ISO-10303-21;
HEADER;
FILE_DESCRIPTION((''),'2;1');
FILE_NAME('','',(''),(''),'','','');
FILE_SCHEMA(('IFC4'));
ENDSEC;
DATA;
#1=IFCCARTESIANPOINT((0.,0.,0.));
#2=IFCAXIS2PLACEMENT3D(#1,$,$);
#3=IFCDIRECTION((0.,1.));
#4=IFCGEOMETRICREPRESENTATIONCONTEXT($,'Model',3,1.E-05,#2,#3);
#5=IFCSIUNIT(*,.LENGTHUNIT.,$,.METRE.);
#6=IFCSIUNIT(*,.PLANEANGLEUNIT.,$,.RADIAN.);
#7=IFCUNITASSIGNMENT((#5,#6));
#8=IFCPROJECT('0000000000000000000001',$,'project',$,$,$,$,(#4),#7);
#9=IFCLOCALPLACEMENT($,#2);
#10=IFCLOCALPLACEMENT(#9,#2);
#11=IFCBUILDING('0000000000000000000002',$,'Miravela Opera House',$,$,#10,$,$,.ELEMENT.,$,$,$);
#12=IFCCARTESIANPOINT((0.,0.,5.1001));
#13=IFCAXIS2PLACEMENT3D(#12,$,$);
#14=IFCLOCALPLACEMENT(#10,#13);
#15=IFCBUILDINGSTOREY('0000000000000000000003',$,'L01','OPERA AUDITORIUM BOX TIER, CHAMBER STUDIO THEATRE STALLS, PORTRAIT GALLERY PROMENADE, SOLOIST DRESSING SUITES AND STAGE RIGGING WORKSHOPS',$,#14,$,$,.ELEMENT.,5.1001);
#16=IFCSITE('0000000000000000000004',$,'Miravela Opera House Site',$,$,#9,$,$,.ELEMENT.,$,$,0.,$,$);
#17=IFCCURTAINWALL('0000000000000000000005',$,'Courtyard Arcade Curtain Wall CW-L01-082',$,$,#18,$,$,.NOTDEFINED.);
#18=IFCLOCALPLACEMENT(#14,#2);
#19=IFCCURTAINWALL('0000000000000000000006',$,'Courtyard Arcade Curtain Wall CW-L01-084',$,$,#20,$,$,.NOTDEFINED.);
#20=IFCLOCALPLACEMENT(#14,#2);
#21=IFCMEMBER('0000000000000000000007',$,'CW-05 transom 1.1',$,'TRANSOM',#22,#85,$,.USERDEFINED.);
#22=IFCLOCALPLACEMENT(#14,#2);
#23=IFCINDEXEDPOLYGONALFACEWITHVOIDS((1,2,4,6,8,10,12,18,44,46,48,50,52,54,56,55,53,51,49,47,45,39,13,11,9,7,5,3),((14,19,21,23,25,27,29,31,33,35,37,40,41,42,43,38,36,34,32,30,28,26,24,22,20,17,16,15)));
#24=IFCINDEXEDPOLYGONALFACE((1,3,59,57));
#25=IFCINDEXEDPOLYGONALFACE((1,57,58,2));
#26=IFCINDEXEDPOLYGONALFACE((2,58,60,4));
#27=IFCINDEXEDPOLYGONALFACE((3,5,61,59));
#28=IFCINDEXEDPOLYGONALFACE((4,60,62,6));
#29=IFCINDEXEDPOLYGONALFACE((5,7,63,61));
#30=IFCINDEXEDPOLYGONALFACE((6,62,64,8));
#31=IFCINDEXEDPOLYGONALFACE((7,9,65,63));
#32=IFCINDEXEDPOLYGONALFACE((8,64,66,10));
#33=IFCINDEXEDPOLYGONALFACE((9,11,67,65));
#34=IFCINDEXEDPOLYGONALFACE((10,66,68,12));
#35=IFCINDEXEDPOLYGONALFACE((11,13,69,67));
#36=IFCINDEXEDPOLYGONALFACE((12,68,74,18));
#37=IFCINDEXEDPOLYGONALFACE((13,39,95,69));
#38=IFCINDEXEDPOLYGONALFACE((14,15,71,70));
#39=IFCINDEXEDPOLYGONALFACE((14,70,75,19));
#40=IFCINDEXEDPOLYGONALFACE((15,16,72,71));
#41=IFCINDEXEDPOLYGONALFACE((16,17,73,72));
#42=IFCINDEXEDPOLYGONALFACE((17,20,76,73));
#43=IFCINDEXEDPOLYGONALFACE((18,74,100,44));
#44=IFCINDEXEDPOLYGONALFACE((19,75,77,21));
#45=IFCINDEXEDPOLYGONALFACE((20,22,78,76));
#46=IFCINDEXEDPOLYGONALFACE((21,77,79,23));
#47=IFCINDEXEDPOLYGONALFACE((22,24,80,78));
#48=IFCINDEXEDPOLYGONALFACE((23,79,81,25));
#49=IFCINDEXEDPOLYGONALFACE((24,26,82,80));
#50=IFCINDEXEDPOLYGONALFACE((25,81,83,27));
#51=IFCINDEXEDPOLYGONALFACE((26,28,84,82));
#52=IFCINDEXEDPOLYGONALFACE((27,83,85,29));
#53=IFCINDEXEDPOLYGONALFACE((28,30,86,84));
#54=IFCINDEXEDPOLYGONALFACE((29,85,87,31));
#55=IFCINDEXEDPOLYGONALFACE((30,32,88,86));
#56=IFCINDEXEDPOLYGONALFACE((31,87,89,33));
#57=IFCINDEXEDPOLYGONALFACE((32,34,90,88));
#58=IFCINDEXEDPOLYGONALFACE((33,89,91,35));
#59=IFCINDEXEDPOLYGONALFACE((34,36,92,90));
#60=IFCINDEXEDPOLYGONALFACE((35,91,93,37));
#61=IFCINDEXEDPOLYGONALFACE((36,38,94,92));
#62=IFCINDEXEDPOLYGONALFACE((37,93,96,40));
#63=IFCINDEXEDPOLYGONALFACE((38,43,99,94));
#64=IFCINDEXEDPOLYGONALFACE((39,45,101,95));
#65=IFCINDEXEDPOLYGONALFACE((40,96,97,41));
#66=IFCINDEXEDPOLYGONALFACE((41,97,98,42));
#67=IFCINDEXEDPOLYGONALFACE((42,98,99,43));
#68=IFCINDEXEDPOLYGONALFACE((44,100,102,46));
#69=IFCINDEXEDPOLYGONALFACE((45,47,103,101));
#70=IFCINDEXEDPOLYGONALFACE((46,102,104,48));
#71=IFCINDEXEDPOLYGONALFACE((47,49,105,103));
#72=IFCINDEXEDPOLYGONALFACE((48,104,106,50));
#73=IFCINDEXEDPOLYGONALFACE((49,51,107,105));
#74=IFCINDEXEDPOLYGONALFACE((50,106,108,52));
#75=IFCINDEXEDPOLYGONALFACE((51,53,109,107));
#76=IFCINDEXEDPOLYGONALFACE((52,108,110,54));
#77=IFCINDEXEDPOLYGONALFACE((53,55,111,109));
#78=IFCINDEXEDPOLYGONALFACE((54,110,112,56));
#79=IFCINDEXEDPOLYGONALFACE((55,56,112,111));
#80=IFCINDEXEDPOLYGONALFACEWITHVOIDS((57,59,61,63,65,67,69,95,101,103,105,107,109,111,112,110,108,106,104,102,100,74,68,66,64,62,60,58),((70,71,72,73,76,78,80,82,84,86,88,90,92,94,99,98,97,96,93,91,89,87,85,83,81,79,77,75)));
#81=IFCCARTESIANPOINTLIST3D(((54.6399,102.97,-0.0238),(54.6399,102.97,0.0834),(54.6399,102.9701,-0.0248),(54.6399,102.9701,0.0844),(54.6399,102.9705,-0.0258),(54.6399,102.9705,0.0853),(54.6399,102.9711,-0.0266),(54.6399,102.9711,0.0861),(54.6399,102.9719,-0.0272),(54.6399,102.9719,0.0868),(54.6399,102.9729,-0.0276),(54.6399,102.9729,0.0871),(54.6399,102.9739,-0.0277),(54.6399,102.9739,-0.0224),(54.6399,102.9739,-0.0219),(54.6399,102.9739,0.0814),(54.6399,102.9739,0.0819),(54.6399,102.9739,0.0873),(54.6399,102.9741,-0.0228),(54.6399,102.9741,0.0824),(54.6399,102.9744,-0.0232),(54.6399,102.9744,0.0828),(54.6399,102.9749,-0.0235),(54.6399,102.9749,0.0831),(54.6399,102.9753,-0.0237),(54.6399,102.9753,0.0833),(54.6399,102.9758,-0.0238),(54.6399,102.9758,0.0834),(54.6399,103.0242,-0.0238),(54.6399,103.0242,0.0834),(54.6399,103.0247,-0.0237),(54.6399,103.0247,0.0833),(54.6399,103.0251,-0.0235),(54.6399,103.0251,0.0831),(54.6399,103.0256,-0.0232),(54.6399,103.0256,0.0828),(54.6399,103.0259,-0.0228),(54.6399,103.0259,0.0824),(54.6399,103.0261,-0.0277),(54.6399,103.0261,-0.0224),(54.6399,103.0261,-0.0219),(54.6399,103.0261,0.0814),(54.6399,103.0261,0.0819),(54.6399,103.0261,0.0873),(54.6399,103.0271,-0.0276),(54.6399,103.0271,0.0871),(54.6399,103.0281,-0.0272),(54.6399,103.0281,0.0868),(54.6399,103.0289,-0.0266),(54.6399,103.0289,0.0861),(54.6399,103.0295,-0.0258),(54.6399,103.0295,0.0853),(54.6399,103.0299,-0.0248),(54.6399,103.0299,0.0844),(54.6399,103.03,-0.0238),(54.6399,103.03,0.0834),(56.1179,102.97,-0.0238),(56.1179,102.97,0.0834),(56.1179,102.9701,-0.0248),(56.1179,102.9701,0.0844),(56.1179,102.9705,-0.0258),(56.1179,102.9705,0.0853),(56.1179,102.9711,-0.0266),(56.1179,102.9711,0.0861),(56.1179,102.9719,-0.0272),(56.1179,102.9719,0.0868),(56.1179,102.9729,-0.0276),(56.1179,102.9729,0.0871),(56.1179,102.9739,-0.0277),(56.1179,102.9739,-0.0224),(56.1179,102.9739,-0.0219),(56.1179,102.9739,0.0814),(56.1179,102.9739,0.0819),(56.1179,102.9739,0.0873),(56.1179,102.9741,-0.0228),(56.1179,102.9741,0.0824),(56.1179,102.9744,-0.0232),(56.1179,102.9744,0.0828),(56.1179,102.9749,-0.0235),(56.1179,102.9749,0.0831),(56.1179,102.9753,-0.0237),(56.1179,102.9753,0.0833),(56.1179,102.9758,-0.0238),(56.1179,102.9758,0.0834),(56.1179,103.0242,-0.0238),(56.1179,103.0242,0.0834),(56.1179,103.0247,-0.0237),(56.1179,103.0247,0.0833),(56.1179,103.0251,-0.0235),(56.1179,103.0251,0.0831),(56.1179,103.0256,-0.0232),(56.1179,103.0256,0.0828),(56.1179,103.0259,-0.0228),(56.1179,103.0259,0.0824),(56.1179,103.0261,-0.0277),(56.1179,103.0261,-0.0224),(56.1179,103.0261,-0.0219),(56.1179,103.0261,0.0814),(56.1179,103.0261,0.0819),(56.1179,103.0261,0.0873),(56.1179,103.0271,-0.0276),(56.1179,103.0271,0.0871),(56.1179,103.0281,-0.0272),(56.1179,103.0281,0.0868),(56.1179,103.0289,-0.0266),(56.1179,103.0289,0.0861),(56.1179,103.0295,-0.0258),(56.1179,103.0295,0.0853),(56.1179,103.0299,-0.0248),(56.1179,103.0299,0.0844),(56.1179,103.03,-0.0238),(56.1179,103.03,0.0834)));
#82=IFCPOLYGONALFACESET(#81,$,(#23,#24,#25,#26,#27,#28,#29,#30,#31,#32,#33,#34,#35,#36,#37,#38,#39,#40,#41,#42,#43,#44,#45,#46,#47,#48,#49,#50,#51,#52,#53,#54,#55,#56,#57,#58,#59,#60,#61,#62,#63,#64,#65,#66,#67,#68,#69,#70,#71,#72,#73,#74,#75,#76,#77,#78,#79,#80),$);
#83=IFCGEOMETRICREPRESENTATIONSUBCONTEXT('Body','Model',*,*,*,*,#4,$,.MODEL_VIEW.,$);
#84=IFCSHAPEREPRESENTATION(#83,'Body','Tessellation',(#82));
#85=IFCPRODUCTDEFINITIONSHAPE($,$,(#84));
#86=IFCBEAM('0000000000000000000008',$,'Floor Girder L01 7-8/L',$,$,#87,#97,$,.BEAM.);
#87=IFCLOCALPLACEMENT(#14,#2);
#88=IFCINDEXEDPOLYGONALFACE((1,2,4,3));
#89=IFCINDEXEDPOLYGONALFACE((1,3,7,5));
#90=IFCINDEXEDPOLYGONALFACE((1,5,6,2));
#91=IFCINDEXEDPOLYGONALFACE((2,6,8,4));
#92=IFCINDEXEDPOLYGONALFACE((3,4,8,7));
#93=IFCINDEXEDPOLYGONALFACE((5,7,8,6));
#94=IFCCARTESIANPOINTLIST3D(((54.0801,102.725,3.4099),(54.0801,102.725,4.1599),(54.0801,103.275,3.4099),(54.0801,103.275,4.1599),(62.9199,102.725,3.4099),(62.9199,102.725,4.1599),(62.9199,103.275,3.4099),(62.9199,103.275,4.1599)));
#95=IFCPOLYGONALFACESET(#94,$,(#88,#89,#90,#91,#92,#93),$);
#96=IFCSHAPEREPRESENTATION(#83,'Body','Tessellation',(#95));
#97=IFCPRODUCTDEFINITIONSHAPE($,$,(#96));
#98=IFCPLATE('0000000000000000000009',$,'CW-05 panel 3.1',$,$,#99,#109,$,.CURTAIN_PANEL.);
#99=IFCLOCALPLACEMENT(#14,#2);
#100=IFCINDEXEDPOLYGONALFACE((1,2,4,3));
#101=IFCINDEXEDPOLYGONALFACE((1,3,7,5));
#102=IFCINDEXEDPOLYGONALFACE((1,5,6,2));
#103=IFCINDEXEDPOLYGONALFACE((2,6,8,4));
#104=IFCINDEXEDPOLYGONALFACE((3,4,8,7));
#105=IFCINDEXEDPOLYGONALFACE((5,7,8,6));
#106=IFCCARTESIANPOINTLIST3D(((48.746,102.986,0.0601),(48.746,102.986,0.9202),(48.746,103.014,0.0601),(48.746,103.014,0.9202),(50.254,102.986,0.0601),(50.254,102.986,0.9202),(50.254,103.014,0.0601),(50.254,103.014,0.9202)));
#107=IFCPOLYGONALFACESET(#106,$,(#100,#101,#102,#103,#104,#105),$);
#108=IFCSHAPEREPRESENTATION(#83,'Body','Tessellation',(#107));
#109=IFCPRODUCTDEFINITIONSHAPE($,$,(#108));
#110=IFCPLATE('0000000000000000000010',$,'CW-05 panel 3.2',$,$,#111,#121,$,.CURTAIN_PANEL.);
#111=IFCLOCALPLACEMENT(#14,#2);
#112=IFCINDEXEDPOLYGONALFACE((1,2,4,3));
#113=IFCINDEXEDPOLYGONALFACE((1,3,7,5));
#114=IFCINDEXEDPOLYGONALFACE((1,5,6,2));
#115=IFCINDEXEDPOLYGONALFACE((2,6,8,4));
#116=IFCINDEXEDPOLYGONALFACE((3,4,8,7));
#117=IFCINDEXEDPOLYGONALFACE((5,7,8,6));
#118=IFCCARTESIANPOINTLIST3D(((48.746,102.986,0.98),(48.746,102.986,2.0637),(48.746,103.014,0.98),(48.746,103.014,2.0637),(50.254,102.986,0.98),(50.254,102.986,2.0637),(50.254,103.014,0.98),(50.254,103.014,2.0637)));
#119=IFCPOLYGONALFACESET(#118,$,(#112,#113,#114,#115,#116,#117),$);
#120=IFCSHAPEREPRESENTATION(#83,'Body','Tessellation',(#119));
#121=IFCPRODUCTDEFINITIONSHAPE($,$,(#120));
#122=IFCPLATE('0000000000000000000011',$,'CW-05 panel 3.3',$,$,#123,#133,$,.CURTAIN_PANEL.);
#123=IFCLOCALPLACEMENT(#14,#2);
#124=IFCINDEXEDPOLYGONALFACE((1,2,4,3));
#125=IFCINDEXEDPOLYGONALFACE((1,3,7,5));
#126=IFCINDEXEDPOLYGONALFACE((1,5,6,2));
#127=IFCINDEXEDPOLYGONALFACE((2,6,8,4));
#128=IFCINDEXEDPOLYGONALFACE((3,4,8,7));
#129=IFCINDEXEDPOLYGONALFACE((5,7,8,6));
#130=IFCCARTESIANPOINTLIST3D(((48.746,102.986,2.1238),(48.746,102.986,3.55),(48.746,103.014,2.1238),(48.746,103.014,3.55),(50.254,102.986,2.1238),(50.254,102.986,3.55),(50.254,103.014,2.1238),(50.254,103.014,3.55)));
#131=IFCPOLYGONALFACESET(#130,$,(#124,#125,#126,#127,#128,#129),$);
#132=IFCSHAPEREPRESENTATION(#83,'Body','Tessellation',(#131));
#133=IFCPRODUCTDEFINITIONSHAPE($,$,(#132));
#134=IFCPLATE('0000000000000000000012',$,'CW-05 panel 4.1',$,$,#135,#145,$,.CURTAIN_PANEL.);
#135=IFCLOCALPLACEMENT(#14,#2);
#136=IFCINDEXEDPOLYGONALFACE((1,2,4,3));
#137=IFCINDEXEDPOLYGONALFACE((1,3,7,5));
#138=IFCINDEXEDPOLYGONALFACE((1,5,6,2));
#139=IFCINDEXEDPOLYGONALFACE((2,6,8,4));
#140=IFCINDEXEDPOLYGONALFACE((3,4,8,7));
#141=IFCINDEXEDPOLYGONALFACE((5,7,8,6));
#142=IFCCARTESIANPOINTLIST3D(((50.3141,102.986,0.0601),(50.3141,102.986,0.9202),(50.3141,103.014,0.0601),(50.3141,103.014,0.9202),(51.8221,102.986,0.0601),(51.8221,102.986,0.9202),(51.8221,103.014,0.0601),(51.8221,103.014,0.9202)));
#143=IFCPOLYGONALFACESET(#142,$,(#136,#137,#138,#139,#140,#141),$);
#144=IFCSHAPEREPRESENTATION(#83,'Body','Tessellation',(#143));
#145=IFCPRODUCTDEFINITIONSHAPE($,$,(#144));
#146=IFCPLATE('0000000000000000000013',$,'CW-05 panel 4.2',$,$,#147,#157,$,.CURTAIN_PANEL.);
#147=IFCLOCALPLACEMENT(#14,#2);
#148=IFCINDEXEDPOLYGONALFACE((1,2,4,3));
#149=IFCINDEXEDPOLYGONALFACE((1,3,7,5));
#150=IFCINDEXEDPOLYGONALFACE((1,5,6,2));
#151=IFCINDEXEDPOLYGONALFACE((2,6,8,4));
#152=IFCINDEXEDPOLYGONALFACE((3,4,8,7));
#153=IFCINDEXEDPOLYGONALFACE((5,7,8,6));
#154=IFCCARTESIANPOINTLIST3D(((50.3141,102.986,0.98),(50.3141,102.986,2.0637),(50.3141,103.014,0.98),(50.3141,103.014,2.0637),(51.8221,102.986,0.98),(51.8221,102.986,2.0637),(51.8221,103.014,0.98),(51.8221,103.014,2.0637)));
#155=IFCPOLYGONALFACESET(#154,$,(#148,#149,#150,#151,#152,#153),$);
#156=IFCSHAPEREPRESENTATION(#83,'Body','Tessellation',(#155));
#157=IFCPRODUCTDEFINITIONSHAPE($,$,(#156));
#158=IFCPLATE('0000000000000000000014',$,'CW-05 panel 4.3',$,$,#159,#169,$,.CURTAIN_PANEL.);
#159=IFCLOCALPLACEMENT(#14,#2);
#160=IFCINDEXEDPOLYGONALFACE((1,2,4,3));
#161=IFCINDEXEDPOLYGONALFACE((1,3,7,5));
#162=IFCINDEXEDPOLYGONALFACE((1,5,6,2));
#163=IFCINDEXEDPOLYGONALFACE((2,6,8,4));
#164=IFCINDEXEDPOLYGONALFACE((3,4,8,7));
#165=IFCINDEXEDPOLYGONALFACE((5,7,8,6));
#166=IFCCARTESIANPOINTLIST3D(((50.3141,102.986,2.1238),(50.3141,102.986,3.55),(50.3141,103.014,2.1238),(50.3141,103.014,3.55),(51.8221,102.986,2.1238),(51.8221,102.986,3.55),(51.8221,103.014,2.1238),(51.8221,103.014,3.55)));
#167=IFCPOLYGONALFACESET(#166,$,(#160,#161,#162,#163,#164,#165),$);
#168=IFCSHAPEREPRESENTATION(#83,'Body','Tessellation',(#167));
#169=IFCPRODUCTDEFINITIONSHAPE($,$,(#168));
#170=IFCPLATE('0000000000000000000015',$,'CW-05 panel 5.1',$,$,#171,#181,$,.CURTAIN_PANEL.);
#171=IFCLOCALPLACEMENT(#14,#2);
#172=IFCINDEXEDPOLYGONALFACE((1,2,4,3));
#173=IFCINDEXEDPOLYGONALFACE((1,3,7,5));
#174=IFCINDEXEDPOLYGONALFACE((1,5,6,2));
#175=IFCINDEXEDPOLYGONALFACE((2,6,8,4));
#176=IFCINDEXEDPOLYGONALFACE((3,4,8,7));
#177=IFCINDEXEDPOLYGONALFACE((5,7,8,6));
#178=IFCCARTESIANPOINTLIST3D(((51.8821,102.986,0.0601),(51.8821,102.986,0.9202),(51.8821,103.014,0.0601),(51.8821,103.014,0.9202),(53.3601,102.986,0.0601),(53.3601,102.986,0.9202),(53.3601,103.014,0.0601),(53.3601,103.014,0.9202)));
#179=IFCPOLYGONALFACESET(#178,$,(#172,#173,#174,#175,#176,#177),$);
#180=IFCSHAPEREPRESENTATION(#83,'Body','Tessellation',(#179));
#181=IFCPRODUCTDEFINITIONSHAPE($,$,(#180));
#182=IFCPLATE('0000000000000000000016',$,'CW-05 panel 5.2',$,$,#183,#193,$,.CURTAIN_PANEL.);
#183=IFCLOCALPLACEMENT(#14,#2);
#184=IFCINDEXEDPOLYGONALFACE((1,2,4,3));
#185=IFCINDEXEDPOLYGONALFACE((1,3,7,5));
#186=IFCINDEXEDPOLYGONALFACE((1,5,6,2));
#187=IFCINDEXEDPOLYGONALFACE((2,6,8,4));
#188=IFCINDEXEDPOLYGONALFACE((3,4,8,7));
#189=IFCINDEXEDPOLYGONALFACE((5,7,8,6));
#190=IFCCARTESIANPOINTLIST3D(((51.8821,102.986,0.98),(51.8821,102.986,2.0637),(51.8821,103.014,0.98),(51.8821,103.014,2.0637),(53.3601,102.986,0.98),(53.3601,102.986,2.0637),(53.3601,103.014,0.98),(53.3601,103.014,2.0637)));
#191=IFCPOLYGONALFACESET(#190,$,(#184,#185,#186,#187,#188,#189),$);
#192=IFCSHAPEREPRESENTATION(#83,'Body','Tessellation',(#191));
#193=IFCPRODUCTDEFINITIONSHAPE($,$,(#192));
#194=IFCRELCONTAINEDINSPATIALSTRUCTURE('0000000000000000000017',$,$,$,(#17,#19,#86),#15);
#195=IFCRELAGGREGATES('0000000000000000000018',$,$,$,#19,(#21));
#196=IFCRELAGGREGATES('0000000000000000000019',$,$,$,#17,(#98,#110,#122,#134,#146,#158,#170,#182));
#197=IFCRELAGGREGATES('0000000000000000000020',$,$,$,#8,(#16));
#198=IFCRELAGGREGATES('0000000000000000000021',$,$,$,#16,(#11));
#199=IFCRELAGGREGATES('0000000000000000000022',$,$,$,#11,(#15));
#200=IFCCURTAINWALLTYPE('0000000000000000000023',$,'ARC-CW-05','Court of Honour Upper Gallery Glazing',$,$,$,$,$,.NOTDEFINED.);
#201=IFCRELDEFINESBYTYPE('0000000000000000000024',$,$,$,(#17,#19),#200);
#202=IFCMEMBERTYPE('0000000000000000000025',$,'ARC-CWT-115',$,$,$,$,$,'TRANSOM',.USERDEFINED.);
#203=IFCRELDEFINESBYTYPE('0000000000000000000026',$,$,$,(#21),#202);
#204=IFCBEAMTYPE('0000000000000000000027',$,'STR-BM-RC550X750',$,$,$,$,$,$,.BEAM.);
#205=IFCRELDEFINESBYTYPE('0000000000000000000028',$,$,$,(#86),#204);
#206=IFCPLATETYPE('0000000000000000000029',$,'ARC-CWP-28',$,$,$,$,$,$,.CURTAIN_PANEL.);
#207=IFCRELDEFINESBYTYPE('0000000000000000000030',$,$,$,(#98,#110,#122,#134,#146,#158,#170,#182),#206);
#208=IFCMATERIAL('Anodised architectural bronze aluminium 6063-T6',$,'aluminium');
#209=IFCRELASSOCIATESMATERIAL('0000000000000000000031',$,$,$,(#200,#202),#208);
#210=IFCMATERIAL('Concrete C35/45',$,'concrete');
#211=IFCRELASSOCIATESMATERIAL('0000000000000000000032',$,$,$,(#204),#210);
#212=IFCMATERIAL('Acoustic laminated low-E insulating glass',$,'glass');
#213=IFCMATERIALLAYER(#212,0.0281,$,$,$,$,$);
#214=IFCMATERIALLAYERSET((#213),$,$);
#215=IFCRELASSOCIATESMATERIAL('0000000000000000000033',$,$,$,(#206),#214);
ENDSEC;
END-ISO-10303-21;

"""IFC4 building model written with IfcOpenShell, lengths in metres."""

from ifc_helpers import new_model, si_unit, direction, frame, origin, origin_2d, place, context, subcontext, project, spatial, rectangle, hollow_rectangle, extrude, material, layer, layer_set, material_profile, profile_set, type_object, element, aggregate, save


model = new_model("IFC4")

# Units and contexts
model_context = context("Model", 3, precision=1e-05, world=origin(), true_north=direction((0.0, 1.0)))
body_context = subcontext(model_context, "Body", "Model", "MODEL_VIEW")
ifc_project = project(units=[si_unit("LENGTHUNIT", "METRE"), si_unit("PLANEANGLEUNIT", "RADIAN")], contexts=[model_context])

# Site, building, storey
site_placement = place(None, origin())
site = spatial("IfcSite", under=ifc_project, at=site_placement, Name="Miravela Opera House Site", CompositionType="ELEMENT", RefElevation=0.0)
building_placement = place(site_placement, origin())
building = spatial("IfcBuilding", under=site, at=building_placement, Name="Miravela Opera House", CompositionType="ELEMENT")
storey_placement = place(building_placement, frame((0.0, 0.0, 5.1001)))
storey = spatial("IfcBuildingStorey", under=building, at=storey_placement, Name="L01", Description="OPERA AUDITORIUM BOX TIER, CHAMBER STUDIO THEATRE STALLS, PORTRAIT GALLERY PROMENADE, SOLOIST DRESSING SUITES AND STAGE RIGGING WORKSHOPS", CompositionType="ELEMENT", Elevation=5.1001)

# Shared definitions
ifc_material_1 = material(Name="Concrete C35/45", Category="concrete")

# Curtain wall
ifc_material_2 = material(Name="Anodised architectural bronze aluminium 6063-T6", Category="aluminium")
curtain_wall_type = type_object("IfcCurtainWallType", Name="ARC-CW-05", Description="Court of Honour Upper Gallery Glazing", PredefinedType="NOTDEFINED", material=ifc_material_2)
curtain_wall_1_placement = place(storey_placement, origin())
curtain_wall_1 = element("IfcCurtainWall", 1, at=curtain_wall_1_placement, inside=storey, type_object=curtain_wall_type, Name="Courtyard Arcade Curtain Wall CW-L01-082", PredefinedType="NOTDEFINED")

# Curtain wall
curtain_wall_2_placement = place(storey_placement, origin())
curtain_wall_2 = element("IfcCurtainWall", 2, at=curtain_wall_2_placement, inside=storey, type_object=curtain_wall_type, Name="Courtyard Arcade Curtain Wall CW-L01-084", PredefinedType="NOTDEFINED")

# Member
ifc_material_profile_1 = material_profile(ifc_material_2, hollow_rectangle(XDim=0.0601, YDim=0.115, WallThickness=0.0039, InnerFilletRadius=0.002, OuterFilletRadius=0.0039, at=origin_2d()), Name="CWT-60X115")
ifc_profile_set_1 = profile_set([ifc_material_profile_1])
member_type_1 = type_object("IfcMemberType", Name="ARC-CWT-115", ElementType="TRANSOM", PredefinedType="USERDEFINED", material=ifc_profile_set_1)
member_1_placement = place(storey_placement, frame((54.6399, 103.0, 0.0298), z_axis=(1.0, 0.0, 0.0), x_axis=(0.0, 1.0, 0.0)))
member_1 = element("IfcMember", 3, at=member_1_placement, type_object=member_type_1, Name="CW-05 transom 1.1", ObjectType="TRANSOM", PredefinedType="USERDEFINED", context=body_context, shape_type="SweptSolid", body=[
    extrude(hollow_rectangle(XDim=0.0601, YDim=0.115, WallThickness=0.0039, InnerFilletRadius=0.002, OuterFilletRadius=0.0039, at=origin_2d()), origin(), (0.0, 0.0, 1.0), 1.478),
])
aggregate(curtain_wall_2, [member_1])

# Beam
ifc_material_profile_2 = material_profile(ifc_material_1, rectangle(XDim=0.55, YDim=0.75, at=origin_2d()), Name="RC-BM-550X750")
ifc_profile_set_2 = profile_set([ifc_material_profile_2])
beam_type = type_object("IfcBeamType", Name="STR-BM-RC550X750", PredefinedType="BEAM", material=ifc_profile_set_2)
beam_placement = place(storey_placement, frame((54.0801, 103.0, 3.7849), z_axis=(1.0, 0.0, 0.0), x_axis=(0.0, 1.0, 0.0)))
element("IfcBeam", 4, at=beam_placement, inside=storey, type_object=beam_type, Name="Floor Girder L01 7-8/L", PredefinedType="BEAM", context=body_context, shape_type="SweptSolid", body=[
    extrude(rectangle(XDim=0.55, YDim=0.75, at=origin_2d()), origin(), (0.0, 0.0, 1.0), 8.8398),
])

# Plates
ifc_material_3 = material(Name="Acoustic laminated low-E insulating glass", Category="glass")
ifc_layer = layer(ifc_material_3, 0.0281)
ifc_layer_set = layer_set([ifc_layer])
plate_type = type_object("IfcPlateType", Name="ARC-CWP-28", PredefinedType="CURTAIN_PANEL", material=ifc_layer_set)
plate_1_placement = place(storey_placement, frame((49.5, 103.0, 0.0601), z_axis=(0.0, 0.0, 1.0), x_axis=(1.0, 0.0, 0.0)))
plate_1 = element("IfcPlate", 5, at=plate_1_placement, type_object=plate_type, Name="CW-05 panel 3.1", PredefinedType="CURTAIN_PANEL", context=body_context, shape_type="SweptSolid", body=[
    extrude(rectangle(XDim=1.5081, YDim=0.0281, at=origin_2d()), origin(), (0.0, 0.0, 1.0), 0.8601),
])
plate_2_placement = place(storey_placement, frame((49.5, 103.0, 0.98), z_axis=(0.0, 0.0, 1.0), x_axis=(1.0, 0.0, 0.0)))
plate_2 = element("IfcPlate", 6, at=plate_2_placement, type_object=plate_type, Name="CW-05 panel 3.2", PredefinedType="CURTAIN_PANEL", context=body_context, shape_type="SweptSolid", body=[
    extrude(rectangle(XDim=1.5081, YDim=0.0281, at=origin_2d()), origin(), (0.0, 0.0, 1.0), 1.0837),
])
plate_3_placement = place(storey_placement, frame((49.5, 103.0, 2.1238), z_axis=(0.0, 0.0, 1.0), x_axis=(1.0, 0.0, 0.0)))
plate_3 = element("IfcPlate", 7, at=plate_3_placement, type_object=plate_type, Name="CW-05 panel 3.3", PredefinedType="CURTAIN_PANEL", context=body_context, shape_type="SweptSolid", body=[
    extrude(rectangle(XDim=1.5081, YDim=0.0281, at=origin_2d()), origin(), (0.0, 0.0, 1.0), 1.4263),
])
plate_4_placement = place(storey_placement, frame((51.0681, 103.0, 0.0601), z_axis=(0.0, 0.0, 1.0), x_axis=(1.0, 0.0, 0.0)))
plate_4 = element("IfcPlate", 8, at=plate_4_placement, type_object=plate_type, Name="CW-05 panel 4.1", PredefinedType="CURTAIN_PANEL", context=body_context, shape_type="SweptSolid", body=[
    extrude(rectangle(XDim=1.5081, YDim=0.0281, at=origin_2d()), origin(), (0.0, 0.0, 1.0), 0.8601),
])
plate_5_placement = place(storey_placement, frame((51.0681, 103.0, 0.98), z_axis=(0.0, 0.0, 1.0), x_axis=(1.0, 0.0, 0.0)))
plate_5 = element("IfcPlate", 9, at=plate_5_placement, type_object=plate_type, Name="CW-05 panel 4.2", PredefinedType="CURTAIN_PANEL", context=body_context, shape_type="SweptSolid", body=[
    extrude(rectangle(XDim=1.5081, YDim=0.0281, at=origin_2d()), origin(), (0.0, 0.0, 1.0), 1.0837),
])
plate_6_placement = place(storey_placement, frame((51.0681, 103.0, 2.1238), z_axis=(0.0, 0.0, 1.0), x_axis=(1.0, 0.0, 0.0)))
plate_6 = element("IfcPlate", 10, at=plate_6_placement, type_object=plate_type, Name="CW-05 panel 4.3", PredefinedType="CURTAIN_PANEL", context=body_context, shape_type="SweptSolid", body=[
    extrude(rectangle(XDim=1.5081, YDim=0.0281, at=origin_2d()), origin(), (0.0, 0.0, 1.0), 1.4263),
])
plate_7_placement = place(storey_placement, frame((52.6211, 103.0, 0.0601), z_axis=(0.0, 0.0, 1.0), x_axis=(1.0, 0.0, 0.0)))
plate_7 = element("IfcPlate", 11, at=plate_7_placement, type_object=plate_type, Name="CW-05 panel 5.1", PredefinedType="CURTAIN_PANEL", context=body_context, shape_type="SweptSolid", body=[
    extrude(rectangle(XDim=1.478, YDim=0.0281, at=origin_2d()), origin(), (0.0, 0.0, 1.0), 0.8601),
])
plate_8_placement = place(storey_placement, frame((52.6211, 103.0, 0.98), z_axis=(0.0, 0.0, 1.0), x_axis=(1.0, 0.0, 0.0)))
plate_8 = element("IfcPlate", 12, at=plate_8_placement, type_object=plate_type, Name="CW-05 panel 5.2", PredefinedType="CURTAIN_PANEL", context=body_context, shape_type="SweptSolid", body=[
    extrude(rectangle(XDim=1.478, YDim=0.0281, at=origin_2d()), origin(), (0.0, 0.0, 1.0), 1.0837),
])
aggregate(curtain_wall_1, [plate_1, plate_2, plate_3, plate_4, plate_5, plate_6, plate_7, plate_8])

save(model, "model.ifc")
